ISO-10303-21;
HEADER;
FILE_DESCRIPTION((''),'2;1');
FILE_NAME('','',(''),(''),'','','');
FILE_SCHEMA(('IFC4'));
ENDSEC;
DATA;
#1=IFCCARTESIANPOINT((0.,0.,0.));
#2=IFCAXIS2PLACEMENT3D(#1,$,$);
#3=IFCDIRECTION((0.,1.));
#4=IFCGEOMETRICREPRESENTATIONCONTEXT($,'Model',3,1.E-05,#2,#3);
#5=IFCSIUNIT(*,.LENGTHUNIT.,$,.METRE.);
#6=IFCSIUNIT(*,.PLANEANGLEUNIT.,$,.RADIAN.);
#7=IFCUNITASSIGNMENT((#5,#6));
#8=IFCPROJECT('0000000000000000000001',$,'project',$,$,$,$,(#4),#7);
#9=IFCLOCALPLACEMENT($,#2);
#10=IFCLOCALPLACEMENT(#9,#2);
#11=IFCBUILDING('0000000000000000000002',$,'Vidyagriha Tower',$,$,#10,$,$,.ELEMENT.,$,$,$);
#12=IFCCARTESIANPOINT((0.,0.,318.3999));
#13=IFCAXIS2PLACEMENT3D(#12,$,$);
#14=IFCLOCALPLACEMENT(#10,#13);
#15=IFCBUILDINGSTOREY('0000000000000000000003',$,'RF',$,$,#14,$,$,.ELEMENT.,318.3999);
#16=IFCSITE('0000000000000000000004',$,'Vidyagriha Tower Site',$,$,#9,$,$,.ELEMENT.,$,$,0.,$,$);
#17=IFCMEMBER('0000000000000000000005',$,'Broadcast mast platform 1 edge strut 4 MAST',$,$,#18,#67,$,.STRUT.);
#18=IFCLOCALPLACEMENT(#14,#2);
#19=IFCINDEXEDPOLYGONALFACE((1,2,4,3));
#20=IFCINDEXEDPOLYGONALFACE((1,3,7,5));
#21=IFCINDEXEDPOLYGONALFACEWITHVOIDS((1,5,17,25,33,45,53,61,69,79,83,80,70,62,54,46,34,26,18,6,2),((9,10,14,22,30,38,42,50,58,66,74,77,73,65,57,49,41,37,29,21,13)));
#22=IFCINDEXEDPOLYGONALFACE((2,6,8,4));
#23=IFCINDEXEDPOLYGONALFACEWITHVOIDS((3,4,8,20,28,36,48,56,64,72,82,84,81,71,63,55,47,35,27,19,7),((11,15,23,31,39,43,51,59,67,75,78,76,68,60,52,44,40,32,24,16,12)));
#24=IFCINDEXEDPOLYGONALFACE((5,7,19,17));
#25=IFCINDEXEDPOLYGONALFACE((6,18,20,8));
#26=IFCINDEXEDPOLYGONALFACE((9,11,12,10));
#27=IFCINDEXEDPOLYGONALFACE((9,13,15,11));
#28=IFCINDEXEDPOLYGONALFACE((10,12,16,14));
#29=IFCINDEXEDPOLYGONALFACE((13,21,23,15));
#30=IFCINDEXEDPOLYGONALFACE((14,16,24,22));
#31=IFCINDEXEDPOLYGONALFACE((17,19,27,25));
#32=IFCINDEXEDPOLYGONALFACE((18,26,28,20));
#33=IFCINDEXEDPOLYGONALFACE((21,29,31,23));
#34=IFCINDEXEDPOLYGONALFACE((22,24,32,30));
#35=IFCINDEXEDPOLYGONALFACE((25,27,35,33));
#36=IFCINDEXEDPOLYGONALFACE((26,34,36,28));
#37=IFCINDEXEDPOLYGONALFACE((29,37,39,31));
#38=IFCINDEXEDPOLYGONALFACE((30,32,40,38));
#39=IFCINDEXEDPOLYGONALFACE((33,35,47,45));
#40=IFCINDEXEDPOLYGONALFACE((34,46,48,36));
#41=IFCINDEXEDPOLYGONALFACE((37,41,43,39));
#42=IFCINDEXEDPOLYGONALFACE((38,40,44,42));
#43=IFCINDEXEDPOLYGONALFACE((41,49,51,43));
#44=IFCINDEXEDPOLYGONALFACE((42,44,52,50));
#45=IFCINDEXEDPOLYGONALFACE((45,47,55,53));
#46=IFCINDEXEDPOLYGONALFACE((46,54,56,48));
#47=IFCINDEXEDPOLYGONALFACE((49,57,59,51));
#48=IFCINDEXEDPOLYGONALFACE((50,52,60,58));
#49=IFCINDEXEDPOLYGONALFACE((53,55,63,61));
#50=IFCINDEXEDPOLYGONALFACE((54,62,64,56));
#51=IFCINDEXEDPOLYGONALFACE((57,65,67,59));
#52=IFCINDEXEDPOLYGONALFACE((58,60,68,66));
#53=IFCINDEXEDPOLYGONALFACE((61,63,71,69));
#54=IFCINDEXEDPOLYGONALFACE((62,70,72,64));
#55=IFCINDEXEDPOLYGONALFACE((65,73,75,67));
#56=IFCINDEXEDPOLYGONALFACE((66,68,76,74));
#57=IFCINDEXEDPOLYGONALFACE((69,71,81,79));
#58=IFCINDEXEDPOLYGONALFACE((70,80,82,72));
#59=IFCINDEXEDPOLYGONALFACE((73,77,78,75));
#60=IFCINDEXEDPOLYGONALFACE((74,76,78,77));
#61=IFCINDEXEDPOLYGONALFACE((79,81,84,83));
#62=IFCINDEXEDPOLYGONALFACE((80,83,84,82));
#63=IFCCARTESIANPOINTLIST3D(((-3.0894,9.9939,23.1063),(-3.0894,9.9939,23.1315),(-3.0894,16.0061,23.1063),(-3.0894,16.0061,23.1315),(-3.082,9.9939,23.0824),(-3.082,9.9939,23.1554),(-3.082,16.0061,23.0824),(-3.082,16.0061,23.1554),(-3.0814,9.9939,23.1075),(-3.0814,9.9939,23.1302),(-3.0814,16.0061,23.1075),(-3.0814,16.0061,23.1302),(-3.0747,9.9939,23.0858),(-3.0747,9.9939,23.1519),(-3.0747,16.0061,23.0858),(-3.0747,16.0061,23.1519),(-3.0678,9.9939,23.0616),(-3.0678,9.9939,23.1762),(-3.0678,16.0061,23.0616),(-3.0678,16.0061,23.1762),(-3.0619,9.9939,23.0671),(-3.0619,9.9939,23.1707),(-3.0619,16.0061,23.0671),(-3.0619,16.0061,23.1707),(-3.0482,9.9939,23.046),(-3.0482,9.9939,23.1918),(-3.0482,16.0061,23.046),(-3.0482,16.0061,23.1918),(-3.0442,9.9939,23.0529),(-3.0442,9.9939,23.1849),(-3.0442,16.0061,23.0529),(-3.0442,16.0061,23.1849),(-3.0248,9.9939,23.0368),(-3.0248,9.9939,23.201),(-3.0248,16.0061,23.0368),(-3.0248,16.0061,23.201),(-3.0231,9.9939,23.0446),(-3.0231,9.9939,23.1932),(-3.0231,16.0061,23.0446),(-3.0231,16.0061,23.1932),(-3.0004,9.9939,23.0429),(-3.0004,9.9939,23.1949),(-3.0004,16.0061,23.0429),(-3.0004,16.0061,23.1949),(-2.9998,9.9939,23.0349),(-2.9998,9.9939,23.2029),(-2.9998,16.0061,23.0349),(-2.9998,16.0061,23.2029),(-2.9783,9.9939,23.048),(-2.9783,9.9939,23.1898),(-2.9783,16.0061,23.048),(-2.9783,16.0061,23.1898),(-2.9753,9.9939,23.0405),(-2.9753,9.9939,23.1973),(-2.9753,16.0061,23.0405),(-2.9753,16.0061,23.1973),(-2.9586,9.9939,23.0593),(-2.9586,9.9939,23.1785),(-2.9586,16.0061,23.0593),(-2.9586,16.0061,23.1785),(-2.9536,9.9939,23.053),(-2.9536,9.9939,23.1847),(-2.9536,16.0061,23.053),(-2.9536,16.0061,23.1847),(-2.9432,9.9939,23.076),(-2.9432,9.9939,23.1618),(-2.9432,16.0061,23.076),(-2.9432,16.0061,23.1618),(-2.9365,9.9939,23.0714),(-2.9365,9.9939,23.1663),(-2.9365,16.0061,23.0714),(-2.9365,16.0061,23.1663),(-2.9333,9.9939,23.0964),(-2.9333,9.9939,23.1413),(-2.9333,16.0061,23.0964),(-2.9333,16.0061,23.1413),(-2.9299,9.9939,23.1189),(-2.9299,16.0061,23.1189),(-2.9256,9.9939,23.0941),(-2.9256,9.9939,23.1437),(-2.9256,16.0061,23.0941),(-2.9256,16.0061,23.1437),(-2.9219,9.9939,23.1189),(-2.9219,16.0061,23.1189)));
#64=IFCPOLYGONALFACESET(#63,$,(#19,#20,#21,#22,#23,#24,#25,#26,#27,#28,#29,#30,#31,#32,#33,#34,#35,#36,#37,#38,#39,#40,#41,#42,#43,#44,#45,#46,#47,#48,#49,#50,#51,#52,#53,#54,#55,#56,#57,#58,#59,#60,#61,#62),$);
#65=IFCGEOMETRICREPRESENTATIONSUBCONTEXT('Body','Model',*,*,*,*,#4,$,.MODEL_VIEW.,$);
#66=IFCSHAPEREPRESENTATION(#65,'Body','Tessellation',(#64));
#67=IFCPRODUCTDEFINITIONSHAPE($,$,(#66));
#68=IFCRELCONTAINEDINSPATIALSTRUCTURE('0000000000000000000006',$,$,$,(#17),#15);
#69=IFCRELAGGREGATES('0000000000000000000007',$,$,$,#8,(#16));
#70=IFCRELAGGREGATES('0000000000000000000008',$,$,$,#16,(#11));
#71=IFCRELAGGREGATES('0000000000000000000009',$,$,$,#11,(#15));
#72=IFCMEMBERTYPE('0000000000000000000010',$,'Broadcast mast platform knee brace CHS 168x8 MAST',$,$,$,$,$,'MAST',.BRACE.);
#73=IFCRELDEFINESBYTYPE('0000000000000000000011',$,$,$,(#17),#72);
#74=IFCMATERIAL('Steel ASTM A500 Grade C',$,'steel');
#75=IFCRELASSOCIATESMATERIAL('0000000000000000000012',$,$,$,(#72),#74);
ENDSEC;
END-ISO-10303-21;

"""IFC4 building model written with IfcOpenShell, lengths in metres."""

from ifc_helpers import new_model, si_unit, direction, frame, origin, origin_2d, place, context, subcontext, project, spatial, hollow_circle, extrude, material, material_profile, profile_set, type_object, element, save


model = new_model("IFC4")

# Units and contexts
model_context = context("Model", 3, precision=1e-05, world=origin(), true_north=direction((0.0, 1.0)))
body_context = subcontext(model_context, "Body", "Model", "MODEL_VIEW")
ifc_project = project(units=[si_unit("LENGTHUNIT", "METRE"), si_unit("PLANEANGLEUNIT", "RADIAN")], contexts=[model_context])

# Site, building, storey
site_placement = place(None, origin())
site = spatial("IfcSite", under=ifc_project, at=site_placement, Name="Vidyagriha Tower Site", CompositionType="ELEMENT", RefElevation=0.0)
building_placement = place(site_placement, origin())
building = spatial("IfcBuilding", under=site, at=building_placement, Name="Vidyagriha Tower", CompositionType="ELEMENT")
storey_placement = place(building_placement, frame((0.0, 0.0, 318.3999)))
storey = spatial("IfcBuildingStorey", under=building, at=storey_placement, Name="RF", CompositionType="ELEMENT", Elevation=318.3999)

# Member
ifc_material_1 = material(Name="Steel ASTM A500 Grade C", Category="steel")
ifc_material_profile_1 = material_profile(ifc_material_1, hollow_circle(Radius=0.0842, WallThickness=0.0081, at=origin_2d()), Name="Broadcast mast platform knee brace CHS 168x8 MAST")
ifc_profile_set_1 = profile_set([ifc_material_profile_1], Name="Steel ASTM A500 Grade C")
member_type_1 = type_object("IfcMemberType", Name="Broadcast mast platform knee brace CHS 168x8 MAST", ElementType="MAST", PredefinedType="BRACE", material=ifc_profile_set_1)
member_1_placement = place(storey_placement, frame((-3.0061, 16.0061, 23.1189), z_axis=(0.0, -1.0, 0.0), x_axis=(1.0, 0.0, 0.0)))
element("IfcMember", 1, at=member_1_placement, inside=storey, type_object=member_type_1, Name="Broadcast mast platform 1 edge strut 4 MAST", PredefinedType="STRUT", context=body_context, shape_type="SweptSolid", body=[
    extrude(hollow_circle(Radius=0.0842, WallThickness=0.0081, at=origin_2d()), origin(), (0.0, 0.0, 1.0), 6.0122),
])

save(model, "model.ifc")
